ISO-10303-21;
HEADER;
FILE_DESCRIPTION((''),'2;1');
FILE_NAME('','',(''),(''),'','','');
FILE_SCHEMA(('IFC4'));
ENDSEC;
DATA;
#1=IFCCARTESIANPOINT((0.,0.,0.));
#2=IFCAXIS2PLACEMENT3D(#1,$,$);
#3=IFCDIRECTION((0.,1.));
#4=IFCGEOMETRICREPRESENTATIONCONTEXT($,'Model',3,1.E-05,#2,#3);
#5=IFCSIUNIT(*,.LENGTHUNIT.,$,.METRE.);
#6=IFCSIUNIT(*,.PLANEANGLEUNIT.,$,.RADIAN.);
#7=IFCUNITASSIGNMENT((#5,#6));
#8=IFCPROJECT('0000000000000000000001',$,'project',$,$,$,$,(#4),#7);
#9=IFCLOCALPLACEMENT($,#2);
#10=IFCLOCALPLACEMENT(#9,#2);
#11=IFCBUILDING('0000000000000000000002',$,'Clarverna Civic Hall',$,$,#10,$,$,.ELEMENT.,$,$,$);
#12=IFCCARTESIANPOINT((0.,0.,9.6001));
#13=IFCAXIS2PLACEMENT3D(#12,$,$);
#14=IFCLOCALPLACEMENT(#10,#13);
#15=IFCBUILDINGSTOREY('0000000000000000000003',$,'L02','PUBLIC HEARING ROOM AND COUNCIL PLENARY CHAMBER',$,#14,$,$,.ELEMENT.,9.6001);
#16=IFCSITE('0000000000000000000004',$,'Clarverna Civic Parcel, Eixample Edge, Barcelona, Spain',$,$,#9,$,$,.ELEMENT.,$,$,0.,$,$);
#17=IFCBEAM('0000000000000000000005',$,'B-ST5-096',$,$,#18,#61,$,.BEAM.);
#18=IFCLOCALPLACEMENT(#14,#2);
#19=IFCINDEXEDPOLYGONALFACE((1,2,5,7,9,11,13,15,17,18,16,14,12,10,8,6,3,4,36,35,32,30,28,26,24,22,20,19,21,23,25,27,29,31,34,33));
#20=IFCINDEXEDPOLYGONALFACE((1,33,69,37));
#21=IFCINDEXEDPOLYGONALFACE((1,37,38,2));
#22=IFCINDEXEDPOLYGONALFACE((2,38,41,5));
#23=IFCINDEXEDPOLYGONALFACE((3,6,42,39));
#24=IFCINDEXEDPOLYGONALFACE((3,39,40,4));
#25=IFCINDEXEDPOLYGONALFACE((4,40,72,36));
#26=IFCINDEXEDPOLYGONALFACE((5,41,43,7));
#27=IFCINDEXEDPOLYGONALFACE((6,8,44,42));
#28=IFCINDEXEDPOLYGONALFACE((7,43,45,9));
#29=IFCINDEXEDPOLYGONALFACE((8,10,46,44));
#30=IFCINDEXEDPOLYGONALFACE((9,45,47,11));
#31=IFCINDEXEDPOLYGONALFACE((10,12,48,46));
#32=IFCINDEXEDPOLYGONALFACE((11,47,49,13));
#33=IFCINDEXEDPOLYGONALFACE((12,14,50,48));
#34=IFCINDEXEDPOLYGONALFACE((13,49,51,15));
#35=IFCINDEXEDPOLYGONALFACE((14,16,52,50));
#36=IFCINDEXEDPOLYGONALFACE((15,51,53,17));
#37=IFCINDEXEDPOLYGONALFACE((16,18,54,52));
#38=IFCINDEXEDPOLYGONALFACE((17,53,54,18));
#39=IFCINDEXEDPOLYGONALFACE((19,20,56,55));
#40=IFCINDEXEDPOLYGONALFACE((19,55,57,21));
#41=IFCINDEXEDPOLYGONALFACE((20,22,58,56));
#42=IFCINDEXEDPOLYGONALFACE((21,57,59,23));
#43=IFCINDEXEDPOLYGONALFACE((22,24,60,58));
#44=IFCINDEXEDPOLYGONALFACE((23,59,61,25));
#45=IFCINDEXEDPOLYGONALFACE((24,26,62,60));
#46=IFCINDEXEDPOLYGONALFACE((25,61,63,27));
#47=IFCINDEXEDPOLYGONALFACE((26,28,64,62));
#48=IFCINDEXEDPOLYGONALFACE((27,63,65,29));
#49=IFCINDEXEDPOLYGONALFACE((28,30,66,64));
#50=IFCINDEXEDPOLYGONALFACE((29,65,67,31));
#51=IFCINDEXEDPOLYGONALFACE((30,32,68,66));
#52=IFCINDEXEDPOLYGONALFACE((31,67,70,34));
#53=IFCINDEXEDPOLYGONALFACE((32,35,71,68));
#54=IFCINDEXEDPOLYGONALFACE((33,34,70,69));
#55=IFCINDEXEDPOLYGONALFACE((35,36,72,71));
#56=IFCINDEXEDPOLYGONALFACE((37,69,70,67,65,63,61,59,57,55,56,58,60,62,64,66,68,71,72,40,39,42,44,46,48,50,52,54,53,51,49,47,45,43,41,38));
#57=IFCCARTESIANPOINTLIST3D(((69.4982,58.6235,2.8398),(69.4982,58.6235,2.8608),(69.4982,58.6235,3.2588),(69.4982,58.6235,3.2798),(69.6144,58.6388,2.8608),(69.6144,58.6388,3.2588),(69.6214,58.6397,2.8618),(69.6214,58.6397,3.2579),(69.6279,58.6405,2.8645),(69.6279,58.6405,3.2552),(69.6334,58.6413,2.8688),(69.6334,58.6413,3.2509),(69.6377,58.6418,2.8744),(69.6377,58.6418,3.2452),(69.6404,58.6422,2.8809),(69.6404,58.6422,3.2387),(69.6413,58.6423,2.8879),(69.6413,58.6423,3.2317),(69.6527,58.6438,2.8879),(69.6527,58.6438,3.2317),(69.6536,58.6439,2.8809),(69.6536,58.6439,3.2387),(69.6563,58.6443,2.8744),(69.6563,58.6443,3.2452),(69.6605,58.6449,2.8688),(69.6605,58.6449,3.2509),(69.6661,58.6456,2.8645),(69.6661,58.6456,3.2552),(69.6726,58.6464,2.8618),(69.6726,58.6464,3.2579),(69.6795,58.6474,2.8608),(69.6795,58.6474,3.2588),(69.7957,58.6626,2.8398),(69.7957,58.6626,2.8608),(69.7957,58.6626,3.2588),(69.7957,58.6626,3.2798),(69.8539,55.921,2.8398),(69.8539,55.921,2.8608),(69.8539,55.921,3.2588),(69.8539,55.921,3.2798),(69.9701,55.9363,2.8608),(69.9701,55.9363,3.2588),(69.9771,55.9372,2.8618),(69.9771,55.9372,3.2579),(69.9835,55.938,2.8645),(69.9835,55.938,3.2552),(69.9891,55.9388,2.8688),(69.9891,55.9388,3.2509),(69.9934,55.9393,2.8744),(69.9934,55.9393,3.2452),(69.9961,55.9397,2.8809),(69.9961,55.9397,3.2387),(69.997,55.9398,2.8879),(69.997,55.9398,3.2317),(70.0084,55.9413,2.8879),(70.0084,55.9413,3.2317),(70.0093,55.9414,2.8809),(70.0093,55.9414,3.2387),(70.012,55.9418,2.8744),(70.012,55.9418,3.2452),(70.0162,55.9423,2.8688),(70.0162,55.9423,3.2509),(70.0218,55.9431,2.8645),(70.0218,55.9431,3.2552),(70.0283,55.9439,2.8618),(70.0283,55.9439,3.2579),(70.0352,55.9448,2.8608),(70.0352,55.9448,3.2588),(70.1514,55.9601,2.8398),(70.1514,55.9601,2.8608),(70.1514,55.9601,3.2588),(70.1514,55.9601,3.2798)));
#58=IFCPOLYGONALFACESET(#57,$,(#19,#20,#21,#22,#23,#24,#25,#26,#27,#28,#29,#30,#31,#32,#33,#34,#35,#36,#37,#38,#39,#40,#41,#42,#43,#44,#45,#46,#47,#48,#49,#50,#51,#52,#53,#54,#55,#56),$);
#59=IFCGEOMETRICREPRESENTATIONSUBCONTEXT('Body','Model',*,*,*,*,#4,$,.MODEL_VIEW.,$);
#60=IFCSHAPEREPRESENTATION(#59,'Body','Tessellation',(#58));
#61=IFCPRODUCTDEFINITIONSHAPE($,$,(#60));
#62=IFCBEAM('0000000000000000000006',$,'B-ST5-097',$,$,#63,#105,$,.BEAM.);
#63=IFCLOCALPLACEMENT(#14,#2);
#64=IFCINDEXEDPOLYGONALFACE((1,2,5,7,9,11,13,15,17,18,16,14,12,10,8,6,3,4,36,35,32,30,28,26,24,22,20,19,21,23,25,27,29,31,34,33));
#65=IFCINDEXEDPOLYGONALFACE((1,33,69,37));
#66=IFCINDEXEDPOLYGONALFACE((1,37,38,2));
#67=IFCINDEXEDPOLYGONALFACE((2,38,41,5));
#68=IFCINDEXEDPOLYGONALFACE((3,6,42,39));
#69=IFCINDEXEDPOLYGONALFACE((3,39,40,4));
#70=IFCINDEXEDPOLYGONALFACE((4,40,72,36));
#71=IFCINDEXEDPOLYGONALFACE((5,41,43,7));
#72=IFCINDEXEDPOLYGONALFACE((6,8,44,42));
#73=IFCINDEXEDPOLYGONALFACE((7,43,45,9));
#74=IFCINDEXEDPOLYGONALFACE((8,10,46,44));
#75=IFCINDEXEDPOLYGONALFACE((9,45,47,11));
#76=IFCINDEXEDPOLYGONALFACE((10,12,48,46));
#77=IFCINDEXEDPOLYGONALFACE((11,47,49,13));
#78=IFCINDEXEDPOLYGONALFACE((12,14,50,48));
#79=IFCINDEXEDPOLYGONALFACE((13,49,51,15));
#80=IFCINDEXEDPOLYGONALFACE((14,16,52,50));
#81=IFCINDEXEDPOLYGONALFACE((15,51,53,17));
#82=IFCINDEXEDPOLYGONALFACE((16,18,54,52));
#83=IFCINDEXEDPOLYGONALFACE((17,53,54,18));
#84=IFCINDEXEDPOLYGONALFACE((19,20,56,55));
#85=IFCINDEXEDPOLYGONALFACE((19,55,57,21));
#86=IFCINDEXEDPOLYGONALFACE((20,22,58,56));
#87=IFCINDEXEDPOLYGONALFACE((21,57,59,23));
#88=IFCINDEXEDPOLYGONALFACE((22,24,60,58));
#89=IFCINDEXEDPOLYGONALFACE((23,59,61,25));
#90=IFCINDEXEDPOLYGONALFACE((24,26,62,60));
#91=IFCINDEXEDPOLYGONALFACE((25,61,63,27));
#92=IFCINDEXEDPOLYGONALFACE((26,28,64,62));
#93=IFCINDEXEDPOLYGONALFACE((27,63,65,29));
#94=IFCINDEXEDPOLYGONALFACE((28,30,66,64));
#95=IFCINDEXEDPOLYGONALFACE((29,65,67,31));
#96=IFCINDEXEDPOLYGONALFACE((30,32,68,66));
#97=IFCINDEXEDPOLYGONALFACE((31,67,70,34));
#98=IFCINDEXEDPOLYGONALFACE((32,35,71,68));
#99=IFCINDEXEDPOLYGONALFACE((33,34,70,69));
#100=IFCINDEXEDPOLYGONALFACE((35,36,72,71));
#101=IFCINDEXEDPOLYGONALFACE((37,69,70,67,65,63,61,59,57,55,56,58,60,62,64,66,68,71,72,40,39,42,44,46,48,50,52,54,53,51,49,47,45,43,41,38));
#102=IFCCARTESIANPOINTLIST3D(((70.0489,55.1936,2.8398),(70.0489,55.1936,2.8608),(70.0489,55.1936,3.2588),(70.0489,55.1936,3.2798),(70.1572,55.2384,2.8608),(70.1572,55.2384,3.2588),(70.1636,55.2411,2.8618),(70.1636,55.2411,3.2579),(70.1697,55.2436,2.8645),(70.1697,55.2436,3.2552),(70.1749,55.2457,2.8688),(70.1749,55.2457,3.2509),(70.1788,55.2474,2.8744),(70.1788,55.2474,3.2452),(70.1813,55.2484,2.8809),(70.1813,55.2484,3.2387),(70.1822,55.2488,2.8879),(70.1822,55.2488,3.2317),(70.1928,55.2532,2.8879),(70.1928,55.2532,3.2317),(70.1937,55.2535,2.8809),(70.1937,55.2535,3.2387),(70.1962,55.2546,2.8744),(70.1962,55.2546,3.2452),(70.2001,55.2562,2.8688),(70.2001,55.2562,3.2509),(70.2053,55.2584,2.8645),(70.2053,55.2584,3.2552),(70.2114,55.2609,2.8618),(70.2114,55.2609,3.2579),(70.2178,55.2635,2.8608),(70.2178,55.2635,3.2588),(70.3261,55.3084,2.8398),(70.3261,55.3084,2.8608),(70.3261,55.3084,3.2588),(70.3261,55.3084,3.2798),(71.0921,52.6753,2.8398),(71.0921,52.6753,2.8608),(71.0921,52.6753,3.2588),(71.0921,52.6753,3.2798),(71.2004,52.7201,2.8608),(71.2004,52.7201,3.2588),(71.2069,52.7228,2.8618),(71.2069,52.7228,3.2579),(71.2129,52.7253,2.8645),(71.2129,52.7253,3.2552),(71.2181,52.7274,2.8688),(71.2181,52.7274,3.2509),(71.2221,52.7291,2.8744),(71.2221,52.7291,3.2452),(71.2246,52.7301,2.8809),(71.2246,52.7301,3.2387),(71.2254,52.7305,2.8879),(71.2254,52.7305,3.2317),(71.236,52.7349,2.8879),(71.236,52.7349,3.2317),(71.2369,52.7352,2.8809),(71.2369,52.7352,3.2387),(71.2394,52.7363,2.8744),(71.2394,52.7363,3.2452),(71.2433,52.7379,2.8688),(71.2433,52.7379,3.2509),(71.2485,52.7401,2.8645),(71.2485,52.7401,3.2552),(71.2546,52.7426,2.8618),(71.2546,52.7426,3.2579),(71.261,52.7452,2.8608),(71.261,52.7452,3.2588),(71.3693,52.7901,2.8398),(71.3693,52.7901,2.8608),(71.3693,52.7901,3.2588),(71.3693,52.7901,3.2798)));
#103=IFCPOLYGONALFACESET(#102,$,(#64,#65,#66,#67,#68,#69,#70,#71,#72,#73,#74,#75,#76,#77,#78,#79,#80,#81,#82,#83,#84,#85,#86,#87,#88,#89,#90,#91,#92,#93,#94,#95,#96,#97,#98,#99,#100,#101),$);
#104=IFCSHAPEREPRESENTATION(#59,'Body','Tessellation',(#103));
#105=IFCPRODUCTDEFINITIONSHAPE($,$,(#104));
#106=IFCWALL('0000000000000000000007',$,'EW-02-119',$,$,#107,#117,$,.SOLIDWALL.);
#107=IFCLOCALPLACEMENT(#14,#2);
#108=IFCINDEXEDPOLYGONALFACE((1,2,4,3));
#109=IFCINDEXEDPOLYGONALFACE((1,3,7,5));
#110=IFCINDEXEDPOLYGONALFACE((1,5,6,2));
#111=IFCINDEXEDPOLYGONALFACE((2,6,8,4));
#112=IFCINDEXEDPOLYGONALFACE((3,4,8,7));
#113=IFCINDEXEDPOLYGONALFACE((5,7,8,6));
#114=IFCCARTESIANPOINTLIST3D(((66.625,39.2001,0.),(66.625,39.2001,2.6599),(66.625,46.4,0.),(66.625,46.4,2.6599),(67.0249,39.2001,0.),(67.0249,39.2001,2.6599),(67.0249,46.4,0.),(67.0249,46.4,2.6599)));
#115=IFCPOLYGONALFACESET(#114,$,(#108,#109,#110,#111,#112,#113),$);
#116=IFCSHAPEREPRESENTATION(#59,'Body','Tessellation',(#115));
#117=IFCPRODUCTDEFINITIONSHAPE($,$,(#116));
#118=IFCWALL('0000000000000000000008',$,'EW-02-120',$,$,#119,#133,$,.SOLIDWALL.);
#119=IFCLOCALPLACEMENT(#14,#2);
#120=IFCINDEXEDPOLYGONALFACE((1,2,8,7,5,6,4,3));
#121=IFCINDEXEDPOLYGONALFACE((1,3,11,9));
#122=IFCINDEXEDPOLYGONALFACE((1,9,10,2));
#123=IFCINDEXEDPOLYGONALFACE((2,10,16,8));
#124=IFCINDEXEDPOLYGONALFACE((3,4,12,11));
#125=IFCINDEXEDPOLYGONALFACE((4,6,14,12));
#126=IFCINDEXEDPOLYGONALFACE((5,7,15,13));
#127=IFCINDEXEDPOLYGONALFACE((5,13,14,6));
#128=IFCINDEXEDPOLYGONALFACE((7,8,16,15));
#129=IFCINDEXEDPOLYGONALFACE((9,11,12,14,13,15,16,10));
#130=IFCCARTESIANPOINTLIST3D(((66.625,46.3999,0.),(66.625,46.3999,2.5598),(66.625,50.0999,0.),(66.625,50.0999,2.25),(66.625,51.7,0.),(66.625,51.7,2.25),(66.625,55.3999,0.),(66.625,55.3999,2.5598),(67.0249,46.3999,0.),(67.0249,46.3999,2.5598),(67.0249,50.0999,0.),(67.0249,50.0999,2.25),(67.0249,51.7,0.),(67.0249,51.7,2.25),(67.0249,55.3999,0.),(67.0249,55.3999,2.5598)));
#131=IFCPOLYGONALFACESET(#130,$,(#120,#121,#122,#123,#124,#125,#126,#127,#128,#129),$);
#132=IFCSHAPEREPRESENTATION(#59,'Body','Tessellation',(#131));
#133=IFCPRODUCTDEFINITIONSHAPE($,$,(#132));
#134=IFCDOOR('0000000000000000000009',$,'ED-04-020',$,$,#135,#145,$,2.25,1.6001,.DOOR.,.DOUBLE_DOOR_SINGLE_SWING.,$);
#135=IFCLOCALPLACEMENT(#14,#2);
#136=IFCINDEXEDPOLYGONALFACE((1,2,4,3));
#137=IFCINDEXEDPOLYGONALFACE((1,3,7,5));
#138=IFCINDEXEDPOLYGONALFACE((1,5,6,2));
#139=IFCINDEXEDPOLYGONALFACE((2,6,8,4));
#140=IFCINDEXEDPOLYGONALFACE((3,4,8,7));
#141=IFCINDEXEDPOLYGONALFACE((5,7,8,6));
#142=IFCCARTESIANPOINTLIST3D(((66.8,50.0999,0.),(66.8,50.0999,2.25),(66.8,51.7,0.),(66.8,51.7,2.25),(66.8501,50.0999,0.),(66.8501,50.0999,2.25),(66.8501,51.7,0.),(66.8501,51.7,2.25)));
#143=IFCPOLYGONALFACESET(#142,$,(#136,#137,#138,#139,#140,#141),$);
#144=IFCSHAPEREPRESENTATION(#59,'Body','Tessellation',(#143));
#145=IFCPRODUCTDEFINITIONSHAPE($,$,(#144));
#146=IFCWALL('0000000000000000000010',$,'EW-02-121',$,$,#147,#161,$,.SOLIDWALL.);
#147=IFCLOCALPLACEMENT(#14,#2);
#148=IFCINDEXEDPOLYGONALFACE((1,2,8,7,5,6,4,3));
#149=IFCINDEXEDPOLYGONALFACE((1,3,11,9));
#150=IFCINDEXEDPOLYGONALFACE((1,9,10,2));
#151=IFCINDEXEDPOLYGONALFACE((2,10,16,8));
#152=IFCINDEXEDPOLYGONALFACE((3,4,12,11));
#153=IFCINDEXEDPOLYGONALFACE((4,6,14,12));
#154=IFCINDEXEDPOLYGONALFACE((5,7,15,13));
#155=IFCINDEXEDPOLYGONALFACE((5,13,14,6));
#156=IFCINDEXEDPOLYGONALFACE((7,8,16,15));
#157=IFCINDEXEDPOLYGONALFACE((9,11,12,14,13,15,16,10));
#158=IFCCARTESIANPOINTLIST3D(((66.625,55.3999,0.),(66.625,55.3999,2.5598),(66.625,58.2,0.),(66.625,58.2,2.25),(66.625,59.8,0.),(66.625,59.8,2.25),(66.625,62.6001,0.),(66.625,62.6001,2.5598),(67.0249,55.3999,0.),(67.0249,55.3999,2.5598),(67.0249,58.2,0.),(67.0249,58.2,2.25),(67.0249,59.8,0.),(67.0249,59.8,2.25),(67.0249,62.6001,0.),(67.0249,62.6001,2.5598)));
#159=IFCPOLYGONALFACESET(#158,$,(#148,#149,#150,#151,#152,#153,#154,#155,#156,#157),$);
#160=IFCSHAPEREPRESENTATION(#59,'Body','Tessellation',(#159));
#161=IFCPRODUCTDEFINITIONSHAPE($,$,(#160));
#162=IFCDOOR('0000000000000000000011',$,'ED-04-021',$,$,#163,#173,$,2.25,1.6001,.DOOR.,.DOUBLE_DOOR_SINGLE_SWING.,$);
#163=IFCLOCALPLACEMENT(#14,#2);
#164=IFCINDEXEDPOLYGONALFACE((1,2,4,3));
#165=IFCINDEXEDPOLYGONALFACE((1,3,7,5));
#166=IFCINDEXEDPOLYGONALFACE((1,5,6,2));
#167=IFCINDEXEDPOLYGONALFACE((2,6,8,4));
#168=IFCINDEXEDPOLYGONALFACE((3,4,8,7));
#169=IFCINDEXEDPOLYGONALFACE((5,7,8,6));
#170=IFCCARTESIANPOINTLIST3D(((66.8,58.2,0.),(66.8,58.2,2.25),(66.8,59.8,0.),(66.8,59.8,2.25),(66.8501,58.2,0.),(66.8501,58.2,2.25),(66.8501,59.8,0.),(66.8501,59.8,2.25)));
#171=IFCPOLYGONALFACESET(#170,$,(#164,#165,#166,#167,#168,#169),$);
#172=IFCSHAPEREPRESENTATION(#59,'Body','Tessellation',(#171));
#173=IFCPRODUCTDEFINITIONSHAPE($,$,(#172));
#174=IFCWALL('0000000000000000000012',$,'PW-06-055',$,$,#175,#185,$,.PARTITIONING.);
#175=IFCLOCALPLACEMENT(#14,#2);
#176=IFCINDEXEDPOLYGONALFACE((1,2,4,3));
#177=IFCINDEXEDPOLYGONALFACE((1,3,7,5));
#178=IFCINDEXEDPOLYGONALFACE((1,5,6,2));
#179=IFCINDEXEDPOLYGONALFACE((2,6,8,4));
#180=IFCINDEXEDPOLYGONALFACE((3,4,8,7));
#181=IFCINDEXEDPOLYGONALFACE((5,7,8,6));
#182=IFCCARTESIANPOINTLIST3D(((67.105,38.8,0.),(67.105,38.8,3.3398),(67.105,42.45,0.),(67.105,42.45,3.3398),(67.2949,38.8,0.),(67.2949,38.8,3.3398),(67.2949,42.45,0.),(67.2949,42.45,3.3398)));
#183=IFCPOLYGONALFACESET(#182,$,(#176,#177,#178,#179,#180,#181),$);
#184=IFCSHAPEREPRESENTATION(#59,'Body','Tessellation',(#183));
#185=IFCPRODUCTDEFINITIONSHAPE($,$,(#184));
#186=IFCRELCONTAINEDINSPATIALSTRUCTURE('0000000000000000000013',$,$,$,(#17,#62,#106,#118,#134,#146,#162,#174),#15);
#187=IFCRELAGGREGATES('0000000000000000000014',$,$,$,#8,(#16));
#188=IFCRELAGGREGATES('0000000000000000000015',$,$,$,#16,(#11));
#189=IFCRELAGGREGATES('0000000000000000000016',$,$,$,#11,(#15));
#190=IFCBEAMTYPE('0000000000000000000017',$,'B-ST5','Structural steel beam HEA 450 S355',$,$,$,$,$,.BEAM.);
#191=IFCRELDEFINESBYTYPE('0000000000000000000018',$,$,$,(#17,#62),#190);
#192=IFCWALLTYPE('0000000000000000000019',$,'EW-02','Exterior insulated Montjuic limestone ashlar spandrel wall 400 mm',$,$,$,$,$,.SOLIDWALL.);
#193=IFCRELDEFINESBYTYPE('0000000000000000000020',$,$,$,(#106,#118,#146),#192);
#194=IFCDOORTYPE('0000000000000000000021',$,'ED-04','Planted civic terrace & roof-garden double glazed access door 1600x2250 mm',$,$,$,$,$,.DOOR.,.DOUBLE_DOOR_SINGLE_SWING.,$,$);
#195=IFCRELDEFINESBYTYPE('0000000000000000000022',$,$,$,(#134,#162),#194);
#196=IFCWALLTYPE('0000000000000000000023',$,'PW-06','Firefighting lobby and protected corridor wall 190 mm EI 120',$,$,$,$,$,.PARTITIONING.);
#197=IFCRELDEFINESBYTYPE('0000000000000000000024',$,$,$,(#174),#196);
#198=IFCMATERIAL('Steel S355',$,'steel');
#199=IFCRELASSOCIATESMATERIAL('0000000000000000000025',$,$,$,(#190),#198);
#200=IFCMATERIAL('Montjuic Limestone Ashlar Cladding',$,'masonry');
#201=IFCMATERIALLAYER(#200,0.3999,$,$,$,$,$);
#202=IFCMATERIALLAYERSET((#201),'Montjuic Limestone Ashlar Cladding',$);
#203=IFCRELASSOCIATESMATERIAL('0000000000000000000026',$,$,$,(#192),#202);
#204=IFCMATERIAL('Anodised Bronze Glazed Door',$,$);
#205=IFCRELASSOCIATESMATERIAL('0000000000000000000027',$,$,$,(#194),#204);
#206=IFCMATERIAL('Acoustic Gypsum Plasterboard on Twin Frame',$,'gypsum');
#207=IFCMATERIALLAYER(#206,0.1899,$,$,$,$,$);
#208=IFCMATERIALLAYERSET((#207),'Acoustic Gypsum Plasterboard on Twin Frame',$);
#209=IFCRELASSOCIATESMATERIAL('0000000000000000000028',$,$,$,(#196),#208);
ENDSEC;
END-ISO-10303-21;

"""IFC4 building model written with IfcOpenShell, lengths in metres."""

from ifc_helpers import new_model, si_unit, direction, frame, frame_2d, origin, origin_2d, place, context, subcontext, project, spatial, rectangle, i_section, extrude, material, layer, layer_set, material_profile, profile_set, type_object, element, fill, save


model = new_model("IFC4")

# Units and contexts
model_context = context("Model", 3, precision=1e-05, world=origin(), true_north=direction((0.0, 1.0)))
body_context = subcontext(model_context, "Body", "Model", "MODEL_VIEW")
ifc_project = project(units=[si_unit("LENGTHUNIT", "METRE"), si_unit("PLANEANGLEUNIT", "RADIAN")], contexts=[model_context])

# Site, building, storey
site_placement = place(None, origin())
site = spatial("IfcSite", under=ifc_project, at=site_placement, Name="Clarverna Civic Parcel, Eixample Edge, Barcelona, Spain", CompositionType="ELEMENT", RefElevation=0.0)
building_placement = place(site_placement, origin())
building = spatial("IfcBuilding", under=site, at=building_placement, Name="Clarverna Civic Hall", CompositionType="ELEMENT")
storey_placement = place(building_placement, frame((0.0, 0.0, 9.6001)))
storey = spatial("IfcBuildingStorey", under=building, at=storey_placement, Name="L02", Description="PUBLIC HEARING ROOM AND COUNCIL PLENARY CHAMBER", CompositionType="ELEMENT", Elevation=9.6001)

# Beams
ifc_material_1 = material(Name="Steel S355", Category="steel")
ifc_material_profile_1 = material_profile(ifc_material_1, i_section(OverallWidth=0.3, OverallDepth=0.4399, WebThickness=0.0115, FlangeThickness=0.021, FilletRadius=0.0271, at=origin_2d()), Name="HEA 450")
ifc_profile_set_1 = profile_set([ifc_material_profile_1], Name="Steel S355")
beam_type_1 = type_object("IfcBeamType", Name="B-ST5", Description="Structural steel beam HEA 450 S355", PredefinedType="BEAM", material=ifc_profile_set_1)
for number, where, z_axis, x_axis, name in (
    (1, (69.647, 58.6431, 3.0598), (0.130492, -0.991449, 0.0), (0.991449, 0.130492, 0.0), "B-ST5-096"),
    (2, (70.1875, 55.251, 3.0598), (0.382713, -0.923867, 0.0), (0.923867, 0.382713, 0.0), "B-ST5-097"),
):
    element("IfcBeam", number, at=place(storey_placement, frame(where, z_axis=z_axis, x_axis=x_axis)), inside=storey, type_object=beam_type_1, Name=name, PredefinedType="BEAM", context=body_context, shape_type="SweptSolid", body=[
        extrude(i_section(OverallWidth=0.3, OverallDepth=0.4399, WebThickness=0.0115, FlangeThickness=0.021, FilletRadius=0.0271, at=origin_2d()), origin(), (0.0, 0.0, 1.0), 2.7258),
    ])

# Wall
ifc_material_2 = material(Name="Montjuic Limestone Ashlar Cladding", Category="masonry")
ifc_layer_1 = layer(ifc_material_2, 0.3999)
ifc_layer_set_1 = layer_set([ifc_layer_1], Name="Montjuic Limestone Ashlar Cladding")
wall_type_1 = type_object("IfcWallType", Name="EW-02", Description="Exterior insulated Montjuic limestone ashlar spandrel wall 400 mm", PredefinedType="SOLIDWALL", material=ifc_layer_set_1)
wall_1_placement = place(storey_placement, frame((66.825, 39.2, 0.0), z_axis=(0.0, 0.0, 1.0), x_axis=(0.0, 1.0, 0.0)))
element("IfcWall", 3, at=wall_1_placement, inside=storey, type_object=wall_type_1, Name="EW-02-119", PredefinedType="SOLIDWALL", context=body_context, shape_type="SweptSolid", body=[
    extrude(rectangle(XDim=7.2, YDim=0.3999, at=frame_2d((3.6001, 0.0))), origin(), (0.0, 0.0, 1.0), 2.6599),
])

# Walls, openings, doors
wall_2_placement = place(storey_placement, frame((66.825, 46.3999, 0.0), z_axis=(0.0, 0.0, 1.0), x_axis=(0.0, 1.0, 0.0)))
wall_2 = element("IfcWall", 4, at=wall_2_placement, inside=storey, type_object=wall_type_1, Name="EW-02-120", PredefinedType="SOLIDWALL", context=body_context, shape_type="SweptSolid", body=[
    extrude(rectangle(XDim=9.0, YDim=0.3999, at=frame_2d((4.5, 0.0))), origin(), (0.0, 0.0, 1.0), 2.5598),
])
opening_1_placement = place(wall_2_placement, frame((3.7, 0.0, 0.0)))
opening_1 = element("IfcOpeningElement", 5, at=opening_1_placement, cuts=wall_2, PredefinedType="OPENING", context=body_context, shape_type="SweptSolid", body=[
    extrude(rectangle(XDim=1.6001, YDim=2.25, at=frame_2d((0.8, 1.125))), frame((0.0, 0.21, 0.0), z_axis=(0.0, -1.0, 0.0), x_axis=(1.0, 0.0, 0.0)), (0.0, 0.0, 1.0), 0.4199),
])
ifc_material_3 = material(Name="Anodised Bronze Glazed Door")
door_type_1 = type_object("IfcDoorType", Name="ED-04", Description="Planted civic terrace & roof-garden double glazed access door 1600x2250 mm", OperationType="DOUBLE_DOOR_SINGLE_SWING", PredefinedType="DOOR", material=ifc_material_3)
door_1_placement = place(opening_1_placement, origin())
door_1 = element("IfcDoor", 6, at=door_1_placement, inside=storey, type_object=door_type_1, Name="ED-04-020", OperationType="DOUBLE_DOOR_SINGLE_SWING", OverallHeight=2.25, OverallWidth=1.6001, PredefinedType="DOOR", context=body_context, shape_type="SweptSolid", body=[
    extrude(rectangle(XDim=1.6001, YDim=2.25, at=frame_2d((0.8, 1.125))), frame((0.0, 0.0249, 0.0), z_axis=(0.0, -1.0, 0.0), x_axis=(1.0, 0.0, 0.0)), (0.0, 0.0, 1.0), 0.05),
])
fill(opening_1, door_1)
wall_3_placement = place(storey_placement, frame((66.825, 55.3999, 0.0), z_axis=(0.0, 0.0, 1.0), x_axis=(0.0, 1.0, 0.0)))
wall_3 = element("IfcWall", 7, at=wall_3_placement, inside=storey, type_object=wall_type_1, Name="EW-02-121", PredefinedType="SOLIDWALL", context=body_context, shape_type="SweptSolid", body=[
    extrude(rectangle(XDim=7.2002, YDim=0.3999, at=frame_2d((3.6001, 0.0))), origin(), (0.0, 0.0, 1.0), 2.5598),
])
opening_2_placement = place(wall_3_placement, frame((2.8, 0.0, 0.0)))
opening_2 = element("IfcOpeningElement", 8, at=opening_2_placement, cuts=wall_3, PredefinedType="OPENING", context=body_context, shape_type="SweptSolid", body=[
    extrude(rectangle(XDim=1.6001, YDim=2.25, at=frame_2d((0.8, 1.125))), frame((0.0, 0.21, 0.0), z_axis=(0.0, -1.0, 0.0), x_axis=(1.0, 0.0, 0.0)), (0.0, 0.0, 1.0), 0.4199),
])
door_2_placement = place(opening_2_placement, origin())
door_2 = element("IfcDoor", 9, at=door_2_placement, inside=storey, type_object=door_type_1, Name="ED-04-021", OperationType="DOUBLE_DOOR_SINGLE_SWING", OverallHeight=2.25, OverallWidth=1.6001, PredefinedType="DOOR", context=body_context, shape_type="SweptSolid", body=[
    extrude(rectangle(XDim=1.6001, YDim=2.25, at=frame_2d((0.8, 1.125))), frame((0.0, 0.0249, 0.0), z_axis=(0.0, -1.0, 0.0), x_axis=(1.0, 0.0, 0.0)), (0.0, 0.0, 1.0), 0.05),
])
fill(opening_2, door_2)

# Wall
ifc_material_4 = material(Name="Acoustic Gypsum Plasterboard on Twin Frame", Category="gypsum")
ifc_layer_2 = layer(ifc_material_4, 0.1899)
ifc_layer_set_2 = layer_set([ifc_layer_2], Name="Acoustic Gypsum Plasterboard on Twin Frame")
wall_type_2 = type_object("IfcWallType", Name="PW-06", Description="Firefighting lobby and protected corridor wall 190 mm EI 120", PredefinedType="PARTITIONING", material=ifc_layer_set_2)
wall_4_placement = place(storey_placement, frame((67.2, 38.8, 0.0), z_axis=(0.0, 0.0, 1.0), x_axis=(0.0, 1.0, 0.0)))
element("IfcWall", 10, at=wall_4_placement, inside=storey, type_object=wall_type_2, Name="PW-06-055", PredefinedType="PARTITIONING", context=body_context, shape_type="SweptSolid", body=[
    extrude(rectangle(XDim=3.6499, YDim=0.1899, at=frame_2d((1.825, 0.0))), origin(), (0.0, 0.0, 1.0), 3.3398),
])

save(model, "model.ifc")
